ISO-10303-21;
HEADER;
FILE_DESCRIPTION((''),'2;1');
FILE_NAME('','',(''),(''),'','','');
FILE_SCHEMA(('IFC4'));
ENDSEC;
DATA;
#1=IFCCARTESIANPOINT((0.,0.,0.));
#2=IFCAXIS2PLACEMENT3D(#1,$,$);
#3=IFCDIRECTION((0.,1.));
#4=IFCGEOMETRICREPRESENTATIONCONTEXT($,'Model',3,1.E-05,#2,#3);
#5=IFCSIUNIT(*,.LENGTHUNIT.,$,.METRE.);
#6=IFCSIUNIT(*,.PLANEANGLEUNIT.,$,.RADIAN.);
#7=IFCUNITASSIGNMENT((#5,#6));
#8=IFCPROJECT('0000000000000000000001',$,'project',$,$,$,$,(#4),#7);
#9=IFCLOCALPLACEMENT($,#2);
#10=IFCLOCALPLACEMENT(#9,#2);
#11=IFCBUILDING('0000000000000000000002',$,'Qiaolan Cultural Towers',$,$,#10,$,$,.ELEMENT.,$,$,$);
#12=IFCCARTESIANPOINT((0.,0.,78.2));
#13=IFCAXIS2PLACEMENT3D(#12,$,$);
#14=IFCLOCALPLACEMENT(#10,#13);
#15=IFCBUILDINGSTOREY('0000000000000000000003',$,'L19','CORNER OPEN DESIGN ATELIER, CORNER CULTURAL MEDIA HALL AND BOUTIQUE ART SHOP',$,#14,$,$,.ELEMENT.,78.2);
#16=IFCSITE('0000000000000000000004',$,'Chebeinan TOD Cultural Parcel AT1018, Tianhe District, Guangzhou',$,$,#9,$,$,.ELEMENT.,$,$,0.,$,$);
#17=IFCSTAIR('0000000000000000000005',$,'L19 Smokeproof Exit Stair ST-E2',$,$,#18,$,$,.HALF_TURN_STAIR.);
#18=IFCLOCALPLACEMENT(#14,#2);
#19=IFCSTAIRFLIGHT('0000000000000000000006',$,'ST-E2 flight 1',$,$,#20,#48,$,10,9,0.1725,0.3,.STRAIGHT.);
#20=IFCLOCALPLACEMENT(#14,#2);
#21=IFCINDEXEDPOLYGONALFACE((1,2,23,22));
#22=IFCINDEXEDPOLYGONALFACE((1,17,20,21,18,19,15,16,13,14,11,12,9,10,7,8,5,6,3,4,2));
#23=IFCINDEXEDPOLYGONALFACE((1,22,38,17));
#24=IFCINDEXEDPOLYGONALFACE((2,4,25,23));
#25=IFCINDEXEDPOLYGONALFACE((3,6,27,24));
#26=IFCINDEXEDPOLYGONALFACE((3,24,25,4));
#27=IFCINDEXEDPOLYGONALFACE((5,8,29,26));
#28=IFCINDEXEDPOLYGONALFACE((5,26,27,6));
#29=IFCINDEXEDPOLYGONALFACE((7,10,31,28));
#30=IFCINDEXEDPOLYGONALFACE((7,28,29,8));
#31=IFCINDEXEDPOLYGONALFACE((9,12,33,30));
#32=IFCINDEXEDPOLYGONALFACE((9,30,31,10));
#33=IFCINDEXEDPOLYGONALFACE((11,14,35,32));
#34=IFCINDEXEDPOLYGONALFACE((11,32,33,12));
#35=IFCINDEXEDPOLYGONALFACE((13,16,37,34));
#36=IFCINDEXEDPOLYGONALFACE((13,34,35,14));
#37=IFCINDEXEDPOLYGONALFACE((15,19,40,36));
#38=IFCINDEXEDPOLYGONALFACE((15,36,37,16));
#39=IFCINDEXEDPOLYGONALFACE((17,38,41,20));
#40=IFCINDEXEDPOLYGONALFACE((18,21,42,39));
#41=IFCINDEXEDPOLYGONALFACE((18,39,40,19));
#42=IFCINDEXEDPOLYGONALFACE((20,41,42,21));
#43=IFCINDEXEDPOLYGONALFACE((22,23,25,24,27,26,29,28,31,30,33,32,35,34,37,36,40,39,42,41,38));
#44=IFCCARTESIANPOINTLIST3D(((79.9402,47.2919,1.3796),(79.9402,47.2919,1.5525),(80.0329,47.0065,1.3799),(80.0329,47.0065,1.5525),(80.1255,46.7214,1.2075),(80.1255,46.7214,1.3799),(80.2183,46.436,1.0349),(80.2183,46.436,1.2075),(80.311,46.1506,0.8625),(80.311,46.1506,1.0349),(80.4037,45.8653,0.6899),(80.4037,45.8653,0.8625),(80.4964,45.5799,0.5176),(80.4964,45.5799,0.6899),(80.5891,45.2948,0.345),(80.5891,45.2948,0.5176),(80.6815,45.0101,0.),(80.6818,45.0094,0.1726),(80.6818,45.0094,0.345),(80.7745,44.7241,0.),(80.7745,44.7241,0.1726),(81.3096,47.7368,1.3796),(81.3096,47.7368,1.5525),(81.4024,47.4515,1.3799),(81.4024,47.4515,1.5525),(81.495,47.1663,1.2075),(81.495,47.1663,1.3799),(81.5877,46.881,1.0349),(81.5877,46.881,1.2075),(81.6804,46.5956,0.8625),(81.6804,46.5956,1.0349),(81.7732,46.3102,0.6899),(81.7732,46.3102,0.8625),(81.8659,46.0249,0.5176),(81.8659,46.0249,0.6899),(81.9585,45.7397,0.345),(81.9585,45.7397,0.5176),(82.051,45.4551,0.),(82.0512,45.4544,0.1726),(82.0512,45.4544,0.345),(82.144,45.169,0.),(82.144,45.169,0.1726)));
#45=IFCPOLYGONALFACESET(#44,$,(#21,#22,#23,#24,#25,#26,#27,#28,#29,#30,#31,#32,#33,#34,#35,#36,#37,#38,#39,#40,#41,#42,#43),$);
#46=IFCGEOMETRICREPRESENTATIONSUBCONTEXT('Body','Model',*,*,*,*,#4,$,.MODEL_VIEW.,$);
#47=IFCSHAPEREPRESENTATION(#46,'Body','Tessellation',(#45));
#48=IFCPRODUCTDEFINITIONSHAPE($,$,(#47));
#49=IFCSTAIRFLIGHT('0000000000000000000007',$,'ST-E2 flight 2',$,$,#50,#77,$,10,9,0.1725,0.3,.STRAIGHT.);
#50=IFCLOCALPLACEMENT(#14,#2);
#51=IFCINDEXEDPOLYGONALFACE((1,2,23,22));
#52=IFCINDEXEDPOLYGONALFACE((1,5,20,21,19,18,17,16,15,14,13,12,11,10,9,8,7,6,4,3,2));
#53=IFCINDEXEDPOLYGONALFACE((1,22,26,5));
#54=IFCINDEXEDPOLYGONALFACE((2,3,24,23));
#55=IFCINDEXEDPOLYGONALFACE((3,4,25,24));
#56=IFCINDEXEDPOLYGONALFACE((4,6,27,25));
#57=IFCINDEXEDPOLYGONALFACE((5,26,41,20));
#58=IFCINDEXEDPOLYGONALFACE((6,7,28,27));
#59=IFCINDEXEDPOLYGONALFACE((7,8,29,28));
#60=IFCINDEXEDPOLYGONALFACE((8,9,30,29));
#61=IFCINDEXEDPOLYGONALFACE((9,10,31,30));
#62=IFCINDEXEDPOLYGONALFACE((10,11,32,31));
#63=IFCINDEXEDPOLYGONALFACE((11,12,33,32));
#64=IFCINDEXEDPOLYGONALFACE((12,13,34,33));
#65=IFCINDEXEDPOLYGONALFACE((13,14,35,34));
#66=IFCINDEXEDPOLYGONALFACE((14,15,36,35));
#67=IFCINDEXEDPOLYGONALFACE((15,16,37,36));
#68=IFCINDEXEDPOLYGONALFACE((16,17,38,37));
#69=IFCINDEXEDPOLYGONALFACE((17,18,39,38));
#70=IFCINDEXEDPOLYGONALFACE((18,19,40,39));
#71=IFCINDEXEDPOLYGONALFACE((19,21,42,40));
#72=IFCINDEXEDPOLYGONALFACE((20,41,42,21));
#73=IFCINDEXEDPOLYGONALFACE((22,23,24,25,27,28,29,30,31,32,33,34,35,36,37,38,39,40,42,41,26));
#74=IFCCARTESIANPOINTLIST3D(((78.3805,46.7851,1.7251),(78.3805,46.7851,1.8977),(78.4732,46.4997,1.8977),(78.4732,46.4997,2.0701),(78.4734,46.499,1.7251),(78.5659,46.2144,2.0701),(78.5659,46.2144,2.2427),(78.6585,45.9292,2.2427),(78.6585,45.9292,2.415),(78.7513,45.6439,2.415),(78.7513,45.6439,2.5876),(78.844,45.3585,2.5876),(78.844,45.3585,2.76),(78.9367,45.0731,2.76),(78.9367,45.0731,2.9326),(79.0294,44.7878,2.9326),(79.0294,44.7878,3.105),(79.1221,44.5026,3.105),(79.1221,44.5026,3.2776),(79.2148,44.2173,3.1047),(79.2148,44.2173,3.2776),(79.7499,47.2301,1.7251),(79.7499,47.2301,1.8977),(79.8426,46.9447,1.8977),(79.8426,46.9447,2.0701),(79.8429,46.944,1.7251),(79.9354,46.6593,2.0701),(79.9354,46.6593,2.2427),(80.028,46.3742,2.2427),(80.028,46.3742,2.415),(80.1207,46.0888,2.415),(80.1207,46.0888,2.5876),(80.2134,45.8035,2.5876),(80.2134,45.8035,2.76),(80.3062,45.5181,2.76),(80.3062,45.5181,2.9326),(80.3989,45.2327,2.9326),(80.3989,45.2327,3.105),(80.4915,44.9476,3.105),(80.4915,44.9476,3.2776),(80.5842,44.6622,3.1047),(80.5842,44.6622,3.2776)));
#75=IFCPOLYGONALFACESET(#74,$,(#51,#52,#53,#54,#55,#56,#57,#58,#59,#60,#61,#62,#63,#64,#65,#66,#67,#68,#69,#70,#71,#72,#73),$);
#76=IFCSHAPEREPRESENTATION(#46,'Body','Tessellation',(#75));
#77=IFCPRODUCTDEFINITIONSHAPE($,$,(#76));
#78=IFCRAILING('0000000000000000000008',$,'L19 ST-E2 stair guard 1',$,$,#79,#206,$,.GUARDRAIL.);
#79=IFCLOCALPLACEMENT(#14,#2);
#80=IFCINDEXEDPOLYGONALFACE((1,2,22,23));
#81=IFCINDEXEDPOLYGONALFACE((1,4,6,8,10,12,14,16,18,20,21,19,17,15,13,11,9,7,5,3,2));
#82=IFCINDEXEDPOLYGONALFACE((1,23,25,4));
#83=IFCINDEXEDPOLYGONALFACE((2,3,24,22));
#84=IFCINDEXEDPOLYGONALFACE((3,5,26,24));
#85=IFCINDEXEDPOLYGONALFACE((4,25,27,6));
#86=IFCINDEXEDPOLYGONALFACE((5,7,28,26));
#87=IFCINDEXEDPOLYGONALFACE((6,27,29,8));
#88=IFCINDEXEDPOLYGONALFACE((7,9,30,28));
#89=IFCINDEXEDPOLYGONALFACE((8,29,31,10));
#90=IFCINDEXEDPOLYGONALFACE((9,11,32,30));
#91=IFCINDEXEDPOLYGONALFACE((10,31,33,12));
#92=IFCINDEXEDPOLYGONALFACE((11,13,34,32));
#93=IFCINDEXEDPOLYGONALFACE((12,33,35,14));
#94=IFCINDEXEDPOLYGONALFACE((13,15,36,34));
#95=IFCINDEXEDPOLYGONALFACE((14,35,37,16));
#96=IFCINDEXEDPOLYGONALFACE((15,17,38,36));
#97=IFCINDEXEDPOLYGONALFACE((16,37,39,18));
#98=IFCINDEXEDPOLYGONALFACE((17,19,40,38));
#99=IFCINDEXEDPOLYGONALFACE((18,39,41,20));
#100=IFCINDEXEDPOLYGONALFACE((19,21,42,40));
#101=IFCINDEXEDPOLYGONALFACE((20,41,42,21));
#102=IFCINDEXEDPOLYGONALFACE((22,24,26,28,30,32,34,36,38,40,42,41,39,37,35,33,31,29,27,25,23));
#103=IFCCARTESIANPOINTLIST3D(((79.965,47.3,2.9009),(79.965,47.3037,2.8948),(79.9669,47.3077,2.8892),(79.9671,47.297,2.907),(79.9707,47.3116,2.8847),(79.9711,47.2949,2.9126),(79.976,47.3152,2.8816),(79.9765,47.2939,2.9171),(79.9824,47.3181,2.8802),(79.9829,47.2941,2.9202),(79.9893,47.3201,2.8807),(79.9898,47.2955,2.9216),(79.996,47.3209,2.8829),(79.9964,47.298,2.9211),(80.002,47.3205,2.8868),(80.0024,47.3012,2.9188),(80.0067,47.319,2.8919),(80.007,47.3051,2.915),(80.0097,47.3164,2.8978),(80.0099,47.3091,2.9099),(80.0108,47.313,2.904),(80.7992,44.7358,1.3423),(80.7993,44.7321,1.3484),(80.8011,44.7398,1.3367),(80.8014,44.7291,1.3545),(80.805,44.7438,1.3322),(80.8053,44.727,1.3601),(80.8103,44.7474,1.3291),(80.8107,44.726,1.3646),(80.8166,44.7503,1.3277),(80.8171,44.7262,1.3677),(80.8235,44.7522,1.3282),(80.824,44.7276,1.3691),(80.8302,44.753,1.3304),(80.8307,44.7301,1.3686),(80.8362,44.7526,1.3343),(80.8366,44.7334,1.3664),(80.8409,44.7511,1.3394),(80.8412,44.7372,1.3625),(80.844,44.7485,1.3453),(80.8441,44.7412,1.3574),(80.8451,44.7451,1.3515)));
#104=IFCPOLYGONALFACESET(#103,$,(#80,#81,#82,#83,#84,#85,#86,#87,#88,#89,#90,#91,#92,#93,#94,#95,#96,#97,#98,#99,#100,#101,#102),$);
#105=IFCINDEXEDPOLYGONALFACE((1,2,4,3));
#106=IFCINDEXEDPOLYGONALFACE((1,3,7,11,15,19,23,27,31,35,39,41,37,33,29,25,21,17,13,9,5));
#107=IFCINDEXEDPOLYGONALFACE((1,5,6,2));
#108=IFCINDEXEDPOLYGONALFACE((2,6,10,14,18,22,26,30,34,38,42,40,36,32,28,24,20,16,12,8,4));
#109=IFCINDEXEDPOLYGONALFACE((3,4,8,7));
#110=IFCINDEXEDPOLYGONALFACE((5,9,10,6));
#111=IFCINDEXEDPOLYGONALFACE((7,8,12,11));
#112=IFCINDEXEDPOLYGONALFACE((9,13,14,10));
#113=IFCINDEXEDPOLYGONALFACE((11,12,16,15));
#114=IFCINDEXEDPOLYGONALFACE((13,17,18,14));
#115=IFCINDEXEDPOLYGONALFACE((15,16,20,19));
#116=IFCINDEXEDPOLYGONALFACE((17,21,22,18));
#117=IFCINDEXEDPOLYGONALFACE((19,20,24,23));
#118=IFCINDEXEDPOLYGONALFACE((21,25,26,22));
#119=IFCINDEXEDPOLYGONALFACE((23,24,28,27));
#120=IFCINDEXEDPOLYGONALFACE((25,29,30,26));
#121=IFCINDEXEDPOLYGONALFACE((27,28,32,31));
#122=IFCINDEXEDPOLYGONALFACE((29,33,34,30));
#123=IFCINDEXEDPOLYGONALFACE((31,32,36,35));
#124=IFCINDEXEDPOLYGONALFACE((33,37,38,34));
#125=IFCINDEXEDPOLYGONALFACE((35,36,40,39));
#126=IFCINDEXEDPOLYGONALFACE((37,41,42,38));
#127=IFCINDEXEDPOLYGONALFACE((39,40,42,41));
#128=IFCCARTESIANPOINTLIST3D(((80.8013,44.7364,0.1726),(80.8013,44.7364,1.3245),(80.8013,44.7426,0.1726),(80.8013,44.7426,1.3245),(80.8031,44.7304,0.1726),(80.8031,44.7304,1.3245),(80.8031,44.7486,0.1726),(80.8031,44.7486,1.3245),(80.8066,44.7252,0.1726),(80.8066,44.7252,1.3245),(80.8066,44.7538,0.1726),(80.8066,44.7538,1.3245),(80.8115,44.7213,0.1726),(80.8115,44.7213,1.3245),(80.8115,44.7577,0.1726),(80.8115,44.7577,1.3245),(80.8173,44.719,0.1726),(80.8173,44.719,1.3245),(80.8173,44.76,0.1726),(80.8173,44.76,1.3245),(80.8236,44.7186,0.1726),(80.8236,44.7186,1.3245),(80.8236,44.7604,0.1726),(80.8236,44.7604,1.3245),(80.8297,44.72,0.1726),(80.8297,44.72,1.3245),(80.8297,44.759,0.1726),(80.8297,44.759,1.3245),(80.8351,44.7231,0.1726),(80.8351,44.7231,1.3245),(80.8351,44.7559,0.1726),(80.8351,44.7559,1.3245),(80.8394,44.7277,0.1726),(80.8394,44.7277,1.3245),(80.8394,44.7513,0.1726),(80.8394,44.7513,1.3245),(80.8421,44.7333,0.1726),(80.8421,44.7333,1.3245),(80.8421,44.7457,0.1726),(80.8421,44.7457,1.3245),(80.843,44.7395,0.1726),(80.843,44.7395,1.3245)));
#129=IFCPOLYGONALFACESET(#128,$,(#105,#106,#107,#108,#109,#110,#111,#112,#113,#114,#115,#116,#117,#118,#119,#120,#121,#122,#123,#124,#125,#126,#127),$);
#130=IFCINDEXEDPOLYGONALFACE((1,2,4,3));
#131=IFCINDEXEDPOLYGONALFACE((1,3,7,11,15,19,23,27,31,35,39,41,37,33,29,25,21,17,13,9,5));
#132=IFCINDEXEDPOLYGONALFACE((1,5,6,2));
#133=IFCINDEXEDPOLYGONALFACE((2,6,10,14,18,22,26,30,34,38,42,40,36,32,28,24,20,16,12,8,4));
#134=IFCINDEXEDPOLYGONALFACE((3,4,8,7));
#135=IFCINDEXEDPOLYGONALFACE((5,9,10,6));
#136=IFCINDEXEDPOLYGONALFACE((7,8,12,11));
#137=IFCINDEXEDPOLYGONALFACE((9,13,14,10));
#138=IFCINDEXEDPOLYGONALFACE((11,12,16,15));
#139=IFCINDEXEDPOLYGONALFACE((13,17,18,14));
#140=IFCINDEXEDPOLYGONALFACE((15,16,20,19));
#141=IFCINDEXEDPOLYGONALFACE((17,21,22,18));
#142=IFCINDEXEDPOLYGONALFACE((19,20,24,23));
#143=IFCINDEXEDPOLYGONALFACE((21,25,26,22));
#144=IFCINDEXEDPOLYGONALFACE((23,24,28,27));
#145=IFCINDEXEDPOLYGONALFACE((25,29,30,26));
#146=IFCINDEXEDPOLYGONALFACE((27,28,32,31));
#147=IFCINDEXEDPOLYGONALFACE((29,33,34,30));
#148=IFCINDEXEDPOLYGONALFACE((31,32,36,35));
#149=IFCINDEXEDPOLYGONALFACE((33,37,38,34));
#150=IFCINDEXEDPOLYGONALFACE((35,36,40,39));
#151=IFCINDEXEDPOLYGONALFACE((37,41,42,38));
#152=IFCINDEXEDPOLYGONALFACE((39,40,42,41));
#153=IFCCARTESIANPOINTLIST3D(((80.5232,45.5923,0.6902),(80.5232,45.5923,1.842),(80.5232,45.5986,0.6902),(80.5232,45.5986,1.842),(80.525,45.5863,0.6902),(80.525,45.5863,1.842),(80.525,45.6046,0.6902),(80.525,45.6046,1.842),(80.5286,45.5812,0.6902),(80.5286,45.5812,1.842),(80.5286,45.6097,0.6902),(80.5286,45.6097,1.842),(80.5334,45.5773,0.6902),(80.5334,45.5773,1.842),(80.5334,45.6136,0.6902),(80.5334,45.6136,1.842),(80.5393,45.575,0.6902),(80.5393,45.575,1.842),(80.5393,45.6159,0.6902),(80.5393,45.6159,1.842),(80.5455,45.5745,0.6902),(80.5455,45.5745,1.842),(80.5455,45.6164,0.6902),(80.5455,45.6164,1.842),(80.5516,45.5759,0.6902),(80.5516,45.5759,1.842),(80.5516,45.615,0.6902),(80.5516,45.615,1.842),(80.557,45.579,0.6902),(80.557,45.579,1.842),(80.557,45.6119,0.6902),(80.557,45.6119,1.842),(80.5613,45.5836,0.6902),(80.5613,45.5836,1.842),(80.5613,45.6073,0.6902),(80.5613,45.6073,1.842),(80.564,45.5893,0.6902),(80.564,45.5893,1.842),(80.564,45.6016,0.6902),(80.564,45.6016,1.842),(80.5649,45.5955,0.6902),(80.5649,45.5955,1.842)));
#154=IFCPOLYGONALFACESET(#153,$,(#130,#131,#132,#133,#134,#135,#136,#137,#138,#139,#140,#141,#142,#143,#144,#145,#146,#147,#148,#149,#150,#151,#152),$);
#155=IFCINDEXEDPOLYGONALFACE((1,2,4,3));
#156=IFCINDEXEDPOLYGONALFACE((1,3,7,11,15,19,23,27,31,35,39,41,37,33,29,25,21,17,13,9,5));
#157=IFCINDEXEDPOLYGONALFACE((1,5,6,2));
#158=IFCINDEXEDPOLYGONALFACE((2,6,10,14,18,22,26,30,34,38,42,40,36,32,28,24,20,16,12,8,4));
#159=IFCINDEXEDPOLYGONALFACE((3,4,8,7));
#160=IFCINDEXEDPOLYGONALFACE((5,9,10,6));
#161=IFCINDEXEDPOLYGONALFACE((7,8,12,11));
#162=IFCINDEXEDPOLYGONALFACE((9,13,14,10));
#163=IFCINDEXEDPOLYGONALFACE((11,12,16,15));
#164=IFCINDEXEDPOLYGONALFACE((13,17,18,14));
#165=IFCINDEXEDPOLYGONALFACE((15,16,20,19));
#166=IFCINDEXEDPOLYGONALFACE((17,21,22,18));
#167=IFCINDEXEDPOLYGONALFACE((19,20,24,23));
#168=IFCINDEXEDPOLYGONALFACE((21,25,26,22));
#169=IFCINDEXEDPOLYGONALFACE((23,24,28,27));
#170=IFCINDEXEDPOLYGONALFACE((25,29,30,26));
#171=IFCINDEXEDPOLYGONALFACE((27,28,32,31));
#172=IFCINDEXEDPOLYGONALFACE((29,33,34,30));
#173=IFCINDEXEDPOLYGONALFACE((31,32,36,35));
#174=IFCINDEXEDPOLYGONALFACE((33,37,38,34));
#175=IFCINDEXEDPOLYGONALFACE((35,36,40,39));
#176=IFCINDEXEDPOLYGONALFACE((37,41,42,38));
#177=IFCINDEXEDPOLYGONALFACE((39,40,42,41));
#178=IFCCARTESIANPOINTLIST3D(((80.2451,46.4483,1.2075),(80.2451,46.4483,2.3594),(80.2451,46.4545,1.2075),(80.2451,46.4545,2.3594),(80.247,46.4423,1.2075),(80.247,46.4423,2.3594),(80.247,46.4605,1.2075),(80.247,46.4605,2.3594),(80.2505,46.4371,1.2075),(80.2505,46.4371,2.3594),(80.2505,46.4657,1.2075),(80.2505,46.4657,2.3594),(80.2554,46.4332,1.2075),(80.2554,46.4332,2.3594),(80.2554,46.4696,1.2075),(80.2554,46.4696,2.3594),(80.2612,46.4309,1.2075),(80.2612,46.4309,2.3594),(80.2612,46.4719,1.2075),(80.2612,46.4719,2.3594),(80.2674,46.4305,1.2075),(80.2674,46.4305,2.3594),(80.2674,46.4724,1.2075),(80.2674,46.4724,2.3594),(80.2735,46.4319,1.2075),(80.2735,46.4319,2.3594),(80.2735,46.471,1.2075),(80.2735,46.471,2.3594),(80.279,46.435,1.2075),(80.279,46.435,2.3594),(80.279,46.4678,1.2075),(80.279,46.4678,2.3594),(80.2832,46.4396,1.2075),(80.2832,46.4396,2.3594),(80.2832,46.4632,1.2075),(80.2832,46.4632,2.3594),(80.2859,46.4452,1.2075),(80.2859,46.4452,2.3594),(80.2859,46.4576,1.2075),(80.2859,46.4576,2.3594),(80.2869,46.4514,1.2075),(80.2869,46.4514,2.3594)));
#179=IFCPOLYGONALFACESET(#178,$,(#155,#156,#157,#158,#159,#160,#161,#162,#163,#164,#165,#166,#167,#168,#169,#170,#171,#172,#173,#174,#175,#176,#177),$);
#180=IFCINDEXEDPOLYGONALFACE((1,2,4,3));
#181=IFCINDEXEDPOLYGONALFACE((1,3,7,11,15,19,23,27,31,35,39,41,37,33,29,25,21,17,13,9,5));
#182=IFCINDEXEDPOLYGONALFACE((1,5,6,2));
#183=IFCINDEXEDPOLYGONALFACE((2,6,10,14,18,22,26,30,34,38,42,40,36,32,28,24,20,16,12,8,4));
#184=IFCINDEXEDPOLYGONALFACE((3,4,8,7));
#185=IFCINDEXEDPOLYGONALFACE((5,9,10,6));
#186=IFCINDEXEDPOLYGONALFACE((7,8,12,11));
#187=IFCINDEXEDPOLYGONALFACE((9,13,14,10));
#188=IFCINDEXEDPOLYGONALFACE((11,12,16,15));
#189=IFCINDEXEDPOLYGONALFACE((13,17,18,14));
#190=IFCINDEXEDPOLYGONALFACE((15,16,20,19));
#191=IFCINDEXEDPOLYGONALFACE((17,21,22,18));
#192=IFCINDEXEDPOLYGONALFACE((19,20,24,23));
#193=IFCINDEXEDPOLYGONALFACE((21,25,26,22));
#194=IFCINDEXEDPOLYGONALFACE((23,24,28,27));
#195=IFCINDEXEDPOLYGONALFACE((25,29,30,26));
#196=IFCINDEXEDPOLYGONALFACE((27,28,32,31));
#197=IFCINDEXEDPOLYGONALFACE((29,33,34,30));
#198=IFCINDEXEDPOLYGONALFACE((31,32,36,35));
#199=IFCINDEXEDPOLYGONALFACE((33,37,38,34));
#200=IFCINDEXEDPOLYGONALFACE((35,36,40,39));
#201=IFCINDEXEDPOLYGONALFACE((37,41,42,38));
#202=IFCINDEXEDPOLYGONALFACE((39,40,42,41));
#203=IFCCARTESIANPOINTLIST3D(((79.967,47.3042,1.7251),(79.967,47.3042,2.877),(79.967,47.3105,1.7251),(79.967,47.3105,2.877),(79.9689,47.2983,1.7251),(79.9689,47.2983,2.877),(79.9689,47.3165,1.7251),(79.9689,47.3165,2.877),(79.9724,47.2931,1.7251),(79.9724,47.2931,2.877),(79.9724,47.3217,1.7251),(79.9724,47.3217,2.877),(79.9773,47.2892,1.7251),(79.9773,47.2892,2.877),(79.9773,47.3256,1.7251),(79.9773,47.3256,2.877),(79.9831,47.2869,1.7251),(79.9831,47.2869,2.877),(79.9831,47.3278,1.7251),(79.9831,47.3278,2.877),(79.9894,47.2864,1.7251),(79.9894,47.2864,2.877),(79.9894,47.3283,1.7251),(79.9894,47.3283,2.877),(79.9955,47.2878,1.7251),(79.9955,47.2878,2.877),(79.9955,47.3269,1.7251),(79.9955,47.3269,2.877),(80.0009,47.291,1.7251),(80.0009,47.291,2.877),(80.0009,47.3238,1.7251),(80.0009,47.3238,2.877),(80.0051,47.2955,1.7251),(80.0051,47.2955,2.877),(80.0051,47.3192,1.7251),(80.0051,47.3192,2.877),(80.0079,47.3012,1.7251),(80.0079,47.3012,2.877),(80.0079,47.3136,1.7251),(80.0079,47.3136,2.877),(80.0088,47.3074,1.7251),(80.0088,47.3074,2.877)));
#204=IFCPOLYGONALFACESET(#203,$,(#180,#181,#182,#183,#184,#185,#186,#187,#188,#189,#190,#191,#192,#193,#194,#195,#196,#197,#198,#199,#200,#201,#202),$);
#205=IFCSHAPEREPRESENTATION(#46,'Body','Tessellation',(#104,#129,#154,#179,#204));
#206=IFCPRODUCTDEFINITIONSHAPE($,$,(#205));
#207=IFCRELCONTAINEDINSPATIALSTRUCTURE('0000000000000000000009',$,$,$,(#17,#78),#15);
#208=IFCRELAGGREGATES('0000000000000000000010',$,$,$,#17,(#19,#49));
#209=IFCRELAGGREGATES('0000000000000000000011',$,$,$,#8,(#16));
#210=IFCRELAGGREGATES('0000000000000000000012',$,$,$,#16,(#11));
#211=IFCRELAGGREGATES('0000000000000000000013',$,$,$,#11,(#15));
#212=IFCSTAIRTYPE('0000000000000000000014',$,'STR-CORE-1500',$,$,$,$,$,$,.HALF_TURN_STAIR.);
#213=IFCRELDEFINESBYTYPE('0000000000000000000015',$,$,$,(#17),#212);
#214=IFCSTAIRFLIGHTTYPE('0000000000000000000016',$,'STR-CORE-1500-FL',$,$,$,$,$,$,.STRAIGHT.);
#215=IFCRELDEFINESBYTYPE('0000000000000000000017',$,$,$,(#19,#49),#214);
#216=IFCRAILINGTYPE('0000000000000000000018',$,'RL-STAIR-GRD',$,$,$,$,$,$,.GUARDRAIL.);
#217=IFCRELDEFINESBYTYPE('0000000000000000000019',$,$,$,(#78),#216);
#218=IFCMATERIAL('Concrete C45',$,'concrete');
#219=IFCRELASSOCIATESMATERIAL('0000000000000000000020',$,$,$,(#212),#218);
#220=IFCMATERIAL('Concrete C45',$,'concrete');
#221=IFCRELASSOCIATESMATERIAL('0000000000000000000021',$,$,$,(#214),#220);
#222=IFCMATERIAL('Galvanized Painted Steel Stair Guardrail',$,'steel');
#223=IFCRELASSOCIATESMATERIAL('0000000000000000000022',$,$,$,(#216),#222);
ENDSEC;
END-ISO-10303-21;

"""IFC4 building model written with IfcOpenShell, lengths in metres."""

from ifc_helpers import new_model, si_unit, direction, frame, origin, origin_2d, place, context, subcontext, project, spatial, polyline, circle, outline, extrude, material, type_object, element, aggregate, save


model = new_model("IFC4")

# Units and contexts
model_context = context("Model", 3, precision=1e-05, world=origin(), true_north=direction((0.0, 1.0)))
body_context = subcontext(model_context, "Body", "Model", "MODEL_VIEW")
ifc_project = project(units=[si_unit("LENGTHUNIT", "METRE"), si_unit("PLANEANGLEUNIT", "RADIAN")], contexts=[model_context])

# Site, building, storey
site_placement = place(None, origin())
site = spatial("IfcSite", under=ifc_project, at=site_placement, Name="Chebeinan TOD Cultural Parcel AT1018, Tianhe District, Guangzhou", CompositionType="ELEMENT", RefElevation=0.0)
building_placement = place(site_placement, origin())
building = spatial("IfcBuilding", under=site, at=building_placement, Name="Qiaolan Cultural Towers", CompositionType="ELEMENT")
storey_placement = place(building_placement, frame((0.0, 0.0, 78.2)))
storey = spatial("IfcBuildingStorey", under=building, at=storey_placement, Name="L19", Description="CORNER OPEN DESIGN ATELIER, CORNER CULTURAL MEDIA HALL AND BOUTIQUE ART SHOP", CompositionType="ELEMENT", Elevation=78.2)

# Stair, stair flights
ifc_material_1 = material(Name="Concrete C45", Category="concrete")
stair_type = type_object("IfcStairType", Name="STR-CORE-1500", PredefinedType="HALF_TURN_STAIR", material=ifc_material_1)
stair_placement = place(storey_placement, origin())
stair = element("IfcStair", 1, at=stair_placement, inside=storey, type_object=stair_type, Name="L19 Smokeproof Exit Stair ST-E2", PredefinedType="HALF_TURN_STAIR")
ifc_material_2 = material(Name="Concrete C45", Category="concrete")
stair_flight_type = type_object("IfcStairFlightType", Name="STR-CORE-1500-FL", PredefinedType="STRAIGHT", material=ifc_material_2)
stair_flight_1_placement = place(storey_placement, frame((81.4592, 44.9465, 0.0), z_axis=(0.0, 0.0, 1.0), x_axis=(-0.309017, 0.951057, 0.0)))
stair_flight_1 = element("IfcStairFlight", 2, at=stair_flight_1_placement, type_object=stair_flight_type, Name="ST-E2 flight 1", NumberOfRisers=10, NumberOfTreads=9, PredefinedType="STRAIGHT", RiserHeight=0.1725, TreadLength=0.3, context=body_context, shape_type="SweptSolid", body=[
    extrude(outline(polyline([(0.0, 0.0), (0.0, 0.1726), (0.3, 0.1726), (0.3, 0.345), (0.6001, 0.345), (0.6001, 0.5176), (0.8999, 0.5176), (0.8999, 0.6899), (1.2, 0.6899), (1.2, 0.8625), (1.5, 0.8625), (1.5, 1.0349), (1.8, 1.0349), (1.8, 1.2075), (2.1001, 1.2075), (2.1001, 1.3799), (2.3999, 1.3799), (2.3999, 1.5525), (2.7, 1.5525), (2.7, 1.7251), (2.7, 1.3796), (0.3008, 0.0), (0.0, 0.0)])), frame((0.0, 0.72, 0.0), z_axis=(0.0, -1.0, 0.0), x_axis=(1.0, 0.0, 0.0)), (0.0, 0.0, 1.0), 1.4399),
])
stair_flight_2_placement = place(storey_placement, frame((79.0652, 47.0076, 1.7251), z_axis=(0.0, 0.0, 1.0), x_axis=(0.309017, -0.951057, 0.0)))
stair_flight_2 = element("IfcStairFlight", 3, at=stair_flight_2_placement, type_object=stair_flight_type, Name="ST-E2 flight 2", NumberOfRisers=10, NumberOfTreads=9, PredefinedType="STRAIGHT", RiserHeight=0.1725, TreadLength=0.3, context=body_context, shape_type="SweptSolid", body=[
    extrude(outline(polyline([(0.0, 0.0), (0.0, 0.1726), (0.3, 0.1726), (0.3, 0.345), (0.6001, 0.345), (0.6001, 0.5176), (0.8999, 0.5176), (0.8999, 0.6899), (1.2, 0.6899), (1.2, 0.8625), (1.5, 0.8625), (1.5, 1.0349), (1.8, 1.0349), (1.8, 1.2075), (2.1001, 1.2075), (2.1001, 1.3799), (2.3999, 1.3799), (2.3999, 1.5525), (2.7, 1.5525), (2.7, 1.7251), (2.7, 1.3796), (0.3008, 0.0), (0.0, 0.0)])), frame((0.0, 0.72, 0.0), z_axis=(0.0, -1.0, 0.0), x_axis=(1.0, 0.0, 0.0)), (0.0, 0.0, 1.0), 1.4399),
])
aggregate(stair, [stair_flight_1, stair_flight_2])

# Railing
ifc_material_3 = material(Name="Galvanized Painted Steel Stair Guardrail", Category="steel")
railing_type_1 = type_object("IfcRailingType", Name="RL-STAIR-GRD", PredefinedType="GUARDRAIL", material=ifc_material_3)
railing_1_placement = place(storey_placement, frame((80.822, 44.7395, 0.1726)))
element("IfcRailing", 4, at=railing_1_placement, inside=storey, type_object=railing_type_1, Name="L19 ST-E2 stair guard 1", PredefinedType="GUARDRAIL", context=body_context, shape_type="SweptSolid", body=[
    extrude(circle(Radius=0.0239, at=origin_2d()), frame((0.0, 0.0, 1.1758), z_axis=(-0.267853, 0.824488, 0.498471), x_axis=(-0.95107, -0.308976, 0.0)), (0.0, 0.0, 1.0), 3.1145),
    extrude(circle(Radius=0.021, at=origin_2d()), origin(), (0.0, 0.0, 1.0), 1.1519),
    extrude(circle(Radius=0.021, at=origin_2d()), frame((-0.2781, 0.856, 0.5176)), (0.0, 0.0, 1.0), 1.1519),
    extrude(circle(Radius=0.021, at=origin_2d()), frame((-0.5562, 1.7119, 1.0349)), (0.0, 0.0, 1.0), 1.1519),
    extrude(circle(Radius=0.021, at=origin_2d()), frame((-0.8342, 2.5679, 1.5525)), (0.0, 0.0, 1.0), 1.1519),
])

save(model, "model.ifc")
